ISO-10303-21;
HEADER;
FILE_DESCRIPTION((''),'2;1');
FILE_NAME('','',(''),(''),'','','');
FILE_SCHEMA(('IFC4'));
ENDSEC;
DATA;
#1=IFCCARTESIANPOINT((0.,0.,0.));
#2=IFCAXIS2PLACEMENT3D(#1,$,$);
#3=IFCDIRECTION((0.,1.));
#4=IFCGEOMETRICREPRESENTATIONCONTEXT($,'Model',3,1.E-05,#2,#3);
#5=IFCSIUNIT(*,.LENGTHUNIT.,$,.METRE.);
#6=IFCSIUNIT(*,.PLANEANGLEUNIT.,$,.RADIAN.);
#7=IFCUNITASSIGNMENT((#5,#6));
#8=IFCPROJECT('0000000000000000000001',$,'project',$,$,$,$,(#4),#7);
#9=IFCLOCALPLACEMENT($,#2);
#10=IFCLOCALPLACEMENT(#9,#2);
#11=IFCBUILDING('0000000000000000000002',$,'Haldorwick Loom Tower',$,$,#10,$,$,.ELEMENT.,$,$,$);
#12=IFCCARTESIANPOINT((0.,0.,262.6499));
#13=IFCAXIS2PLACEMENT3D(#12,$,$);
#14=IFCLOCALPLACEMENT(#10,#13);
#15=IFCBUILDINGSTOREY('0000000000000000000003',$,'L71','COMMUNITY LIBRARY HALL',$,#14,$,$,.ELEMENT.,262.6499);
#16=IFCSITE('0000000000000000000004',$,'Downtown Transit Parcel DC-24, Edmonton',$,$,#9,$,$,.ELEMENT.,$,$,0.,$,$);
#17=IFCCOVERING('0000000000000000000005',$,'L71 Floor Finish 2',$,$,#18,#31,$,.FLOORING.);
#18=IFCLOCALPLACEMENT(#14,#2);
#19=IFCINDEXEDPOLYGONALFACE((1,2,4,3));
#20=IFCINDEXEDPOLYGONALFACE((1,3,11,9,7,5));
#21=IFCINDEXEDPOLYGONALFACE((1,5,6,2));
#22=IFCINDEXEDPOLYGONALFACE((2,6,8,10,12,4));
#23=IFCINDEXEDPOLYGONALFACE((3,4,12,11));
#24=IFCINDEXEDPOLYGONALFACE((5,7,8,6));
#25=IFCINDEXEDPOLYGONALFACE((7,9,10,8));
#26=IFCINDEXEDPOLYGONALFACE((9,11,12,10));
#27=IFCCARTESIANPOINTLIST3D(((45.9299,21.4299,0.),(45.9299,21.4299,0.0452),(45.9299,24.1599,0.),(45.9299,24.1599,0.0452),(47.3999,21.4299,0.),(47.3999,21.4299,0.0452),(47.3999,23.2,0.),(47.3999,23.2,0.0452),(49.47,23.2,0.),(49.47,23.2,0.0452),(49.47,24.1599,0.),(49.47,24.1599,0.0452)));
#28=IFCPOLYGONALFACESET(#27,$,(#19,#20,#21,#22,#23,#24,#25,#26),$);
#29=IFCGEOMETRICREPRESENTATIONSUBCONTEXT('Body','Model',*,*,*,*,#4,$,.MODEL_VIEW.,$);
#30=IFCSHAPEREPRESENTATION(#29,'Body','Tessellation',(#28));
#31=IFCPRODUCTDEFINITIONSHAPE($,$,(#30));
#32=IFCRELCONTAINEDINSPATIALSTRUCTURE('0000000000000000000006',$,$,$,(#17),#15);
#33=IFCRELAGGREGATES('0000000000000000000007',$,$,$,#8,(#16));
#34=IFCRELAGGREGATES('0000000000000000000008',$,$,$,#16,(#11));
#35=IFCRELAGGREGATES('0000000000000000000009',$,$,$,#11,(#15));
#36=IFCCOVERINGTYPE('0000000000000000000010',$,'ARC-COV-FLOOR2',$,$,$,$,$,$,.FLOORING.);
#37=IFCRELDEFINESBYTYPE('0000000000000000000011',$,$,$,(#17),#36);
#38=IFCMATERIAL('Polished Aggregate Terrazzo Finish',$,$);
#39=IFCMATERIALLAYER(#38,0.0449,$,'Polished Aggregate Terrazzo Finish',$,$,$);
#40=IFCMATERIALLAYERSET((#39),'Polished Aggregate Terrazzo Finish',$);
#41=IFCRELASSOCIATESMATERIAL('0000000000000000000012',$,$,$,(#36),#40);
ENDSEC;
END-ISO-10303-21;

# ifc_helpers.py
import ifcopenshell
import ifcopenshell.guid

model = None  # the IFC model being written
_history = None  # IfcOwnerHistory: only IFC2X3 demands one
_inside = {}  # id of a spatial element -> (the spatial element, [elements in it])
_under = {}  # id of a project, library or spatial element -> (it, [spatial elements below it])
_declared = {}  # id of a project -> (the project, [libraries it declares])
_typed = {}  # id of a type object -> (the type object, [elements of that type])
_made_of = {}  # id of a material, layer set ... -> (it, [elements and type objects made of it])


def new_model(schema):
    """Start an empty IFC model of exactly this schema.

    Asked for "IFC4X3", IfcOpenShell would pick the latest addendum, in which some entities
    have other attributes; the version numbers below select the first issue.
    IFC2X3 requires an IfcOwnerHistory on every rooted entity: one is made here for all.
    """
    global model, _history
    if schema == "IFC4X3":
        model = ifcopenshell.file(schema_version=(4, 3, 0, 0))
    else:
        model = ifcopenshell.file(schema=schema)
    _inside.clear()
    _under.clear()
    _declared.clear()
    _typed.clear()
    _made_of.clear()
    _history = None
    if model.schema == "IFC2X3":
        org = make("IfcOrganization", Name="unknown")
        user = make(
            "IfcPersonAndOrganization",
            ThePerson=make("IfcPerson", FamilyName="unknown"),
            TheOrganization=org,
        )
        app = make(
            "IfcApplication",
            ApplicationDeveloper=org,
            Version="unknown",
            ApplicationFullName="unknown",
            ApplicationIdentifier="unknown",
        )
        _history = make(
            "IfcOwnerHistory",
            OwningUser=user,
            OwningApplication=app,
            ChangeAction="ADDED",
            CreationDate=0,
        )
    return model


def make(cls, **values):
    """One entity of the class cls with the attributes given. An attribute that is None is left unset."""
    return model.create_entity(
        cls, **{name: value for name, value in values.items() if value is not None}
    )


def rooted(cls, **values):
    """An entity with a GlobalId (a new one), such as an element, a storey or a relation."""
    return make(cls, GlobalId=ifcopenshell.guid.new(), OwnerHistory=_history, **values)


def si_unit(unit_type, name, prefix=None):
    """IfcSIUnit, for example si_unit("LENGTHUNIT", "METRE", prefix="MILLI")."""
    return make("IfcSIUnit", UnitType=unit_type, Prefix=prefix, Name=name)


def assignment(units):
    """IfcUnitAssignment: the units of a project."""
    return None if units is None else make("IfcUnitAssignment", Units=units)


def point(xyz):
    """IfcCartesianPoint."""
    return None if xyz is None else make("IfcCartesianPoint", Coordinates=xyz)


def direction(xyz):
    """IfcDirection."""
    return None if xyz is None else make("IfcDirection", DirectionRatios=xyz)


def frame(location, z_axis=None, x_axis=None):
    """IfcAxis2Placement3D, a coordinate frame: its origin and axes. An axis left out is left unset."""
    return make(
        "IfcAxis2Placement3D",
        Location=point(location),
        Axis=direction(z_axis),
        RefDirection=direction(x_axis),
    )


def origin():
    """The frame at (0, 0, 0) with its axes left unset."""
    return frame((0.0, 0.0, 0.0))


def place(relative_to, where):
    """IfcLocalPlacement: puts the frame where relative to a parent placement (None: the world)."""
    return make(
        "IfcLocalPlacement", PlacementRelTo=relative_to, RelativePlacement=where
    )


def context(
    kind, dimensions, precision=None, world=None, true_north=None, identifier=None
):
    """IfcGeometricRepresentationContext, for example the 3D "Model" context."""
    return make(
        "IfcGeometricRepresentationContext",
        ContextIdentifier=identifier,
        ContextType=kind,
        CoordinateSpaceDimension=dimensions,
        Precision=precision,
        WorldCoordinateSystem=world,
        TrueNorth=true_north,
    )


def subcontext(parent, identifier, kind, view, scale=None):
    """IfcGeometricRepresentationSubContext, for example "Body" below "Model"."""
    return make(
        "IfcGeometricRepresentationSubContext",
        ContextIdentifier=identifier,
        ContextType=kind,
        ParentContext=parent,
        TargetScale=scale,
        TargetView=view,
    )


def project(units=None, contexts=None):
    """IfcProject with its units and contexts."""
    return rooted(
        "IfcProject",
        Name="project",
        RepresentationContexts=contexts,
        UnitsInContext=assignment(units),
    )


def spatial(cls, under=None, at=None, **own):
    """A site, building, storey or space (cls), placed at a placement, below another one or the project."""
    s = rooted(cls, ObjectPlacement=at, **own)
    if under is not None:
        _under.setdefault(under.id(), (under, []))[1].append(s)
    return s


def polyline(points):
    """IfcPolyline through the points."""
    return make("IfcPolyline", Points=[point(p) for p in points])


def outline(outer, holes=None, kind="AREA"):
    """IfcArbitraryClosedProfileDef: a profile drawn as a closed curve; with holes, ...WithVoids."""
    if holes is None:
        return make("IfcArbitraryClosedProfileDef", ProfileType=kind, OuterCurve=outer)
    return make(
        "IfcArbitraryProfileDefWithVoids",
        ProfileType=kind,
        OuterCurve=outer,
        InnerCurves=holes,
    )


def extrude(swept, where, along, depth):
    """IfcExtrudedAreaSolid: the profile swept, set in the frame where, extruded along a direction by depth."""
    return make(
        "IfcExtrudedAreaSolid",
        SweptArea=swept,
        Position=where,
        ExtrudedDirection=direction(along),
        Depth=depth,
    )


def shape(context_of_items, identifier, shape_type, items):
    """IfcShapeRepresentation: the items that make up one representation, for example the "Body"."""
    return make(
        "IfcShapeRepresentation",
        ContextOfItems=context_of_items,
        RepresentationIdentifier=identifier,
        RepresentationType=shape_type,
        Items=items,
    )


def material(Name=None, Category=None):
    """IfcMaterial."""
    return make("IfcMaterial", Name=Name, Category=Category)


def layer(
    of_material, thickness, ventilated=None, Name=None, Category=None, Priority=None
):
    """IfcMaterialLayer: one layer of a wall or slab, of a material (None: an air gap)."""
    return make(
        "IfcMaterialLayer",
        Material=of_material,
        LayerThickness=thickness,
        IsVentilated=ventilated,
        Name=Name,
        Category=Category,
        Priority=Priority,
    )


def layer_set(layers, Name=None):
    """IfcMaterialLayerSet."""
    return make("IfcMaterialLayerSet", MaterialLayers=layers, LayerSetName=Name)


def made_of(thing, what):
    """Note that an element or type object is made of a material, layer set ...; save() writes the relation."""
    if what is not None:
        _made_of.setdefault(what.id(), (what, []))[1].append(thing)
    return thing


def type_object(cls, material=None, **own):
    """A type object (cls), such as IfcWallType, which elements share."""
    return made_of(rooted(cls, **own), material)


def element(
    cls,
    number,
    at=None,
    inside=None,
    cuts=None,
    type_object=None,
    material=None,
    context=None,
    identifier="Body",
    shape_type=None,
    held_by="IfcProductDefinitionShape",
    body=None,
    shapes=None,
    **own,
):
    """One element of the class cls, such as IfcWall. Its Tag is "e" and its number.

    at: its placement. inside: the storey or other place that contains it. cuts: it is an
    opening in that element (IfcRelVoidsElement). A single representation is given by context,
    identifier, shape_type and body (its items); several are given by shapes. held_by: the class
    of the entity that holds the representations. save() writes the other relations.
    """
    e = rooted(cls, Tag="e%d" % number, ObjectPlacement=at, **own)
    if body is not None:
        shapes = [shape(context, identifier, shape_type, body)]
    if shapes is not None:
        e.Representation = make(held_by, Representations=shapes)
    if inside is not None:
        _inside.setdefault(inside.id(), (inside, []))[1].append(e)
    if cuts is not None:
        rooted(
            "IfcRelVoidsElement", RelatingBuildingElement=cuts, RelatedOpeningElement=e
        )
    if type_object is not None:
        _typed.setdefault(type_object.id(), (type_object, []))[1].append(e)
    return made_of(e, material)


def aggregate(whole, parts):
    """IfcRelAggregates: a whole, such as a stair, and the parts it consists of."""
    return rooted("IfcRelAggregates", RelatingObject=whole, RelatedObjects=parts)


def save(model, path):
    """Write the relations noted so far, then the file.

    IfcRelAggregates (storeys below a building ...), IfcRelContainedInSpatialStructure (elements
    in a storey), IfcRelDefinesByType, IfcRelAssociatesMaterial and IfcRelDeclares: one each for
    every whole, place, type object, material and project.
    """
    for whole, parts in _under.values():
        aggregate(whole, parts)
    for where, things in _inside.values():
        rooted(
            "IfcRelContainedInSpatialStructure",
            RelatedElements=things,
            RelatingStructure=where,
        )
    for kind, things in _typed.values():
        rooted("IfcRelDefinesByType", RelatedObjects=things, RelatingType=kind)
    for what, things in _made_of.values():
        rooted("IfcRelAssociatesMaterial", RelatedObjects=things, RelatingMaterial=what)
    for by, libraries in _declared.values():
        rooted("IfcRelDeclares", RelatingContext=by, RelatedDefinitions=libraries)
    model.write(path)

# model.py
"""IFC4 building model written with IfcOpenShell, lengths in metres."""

from ifc_helpers import new_model, si_unit, direction, frame, origin, place, context, subcontext, project, spatial, polyline, outline, extrude, material, layer, layer_set, type_object, element, save


model = new_model("IFC4")

# Units and contexts
model_context = context("Model", 3, precision=1e-05, world=origin(), true_north=direction((0.0, 1.0)))
body_context = subcontext(model_context, "Body", "Model", "MODEL_VIEW")
ifc_project = project(units=[si_unit("LENGTHUNIT", "METRE"), si_unit("PLANEANGLEUNIT", "RADIAN")], contexts=[model_context])

# Site, building, storey
site_placement = place(None, origin())
site = spatial("IfcSite", under=ifc_project, at=site_placement, Name="Downtown Transit Parcel DC-24, Edmonton", CompositionType="ELEMENT", RefElevation=0.0)
building_placement = place(site_placement, origin())
building = spatial("IfcBuilding", under=site, at=building_placement, Name="Haldorwick Loom Tower", CompositionType="ELEMENT")
storey_placement = place(building_placement, frame((0.0, 0.0, 262.6499)))
storey = spatial("IfcBuildingStorey", under=building, at=storey_placement, Name="L71", Description="COMMUNITY LIBRARY HALL", CompositionType="ELEMENT", Elevation=262.6499)

# Covering
ifc_material_1 = material(Name="Polished Aggregate Terrazzo Finish")
ifc_layer_1 = layer(ifc_material_1, 0.0449, Name="Polished Aggregate Terrazzo Finish")
ifc_layer_set_1 = layer_set([ifc_layer_1], Name="Polished Aggregate Terrazzo Finish")
covering_type_1 = type_object("IfcCoveringType", Name="ARC-COV-FLOOR2", PredefinedType="FLOORING", material=ifc_layer_set_1)
covering_1_placement = place(storey_placement, origin())
element("IfcCovering", 1, at=covering_1_placement, inside=storey, type_object=covering_type_1, Name="L71 Floor Finish 2", PredefinedType="FLOORING", context=body_context, shape_type="SweptSolid", body=[
    extrude(outline(polyline([(45.9299, 24.1599), (45.9299, 21.4299), (47.3999, 21.4299), (47.3999, 23.2), (49.47, 23.2), (49.47, 24.1599), (45.9299, 24.1599)])), origin(), (0.0, 0.0, 1.0), 0.0452),
])

save(model, "model.ifc")
